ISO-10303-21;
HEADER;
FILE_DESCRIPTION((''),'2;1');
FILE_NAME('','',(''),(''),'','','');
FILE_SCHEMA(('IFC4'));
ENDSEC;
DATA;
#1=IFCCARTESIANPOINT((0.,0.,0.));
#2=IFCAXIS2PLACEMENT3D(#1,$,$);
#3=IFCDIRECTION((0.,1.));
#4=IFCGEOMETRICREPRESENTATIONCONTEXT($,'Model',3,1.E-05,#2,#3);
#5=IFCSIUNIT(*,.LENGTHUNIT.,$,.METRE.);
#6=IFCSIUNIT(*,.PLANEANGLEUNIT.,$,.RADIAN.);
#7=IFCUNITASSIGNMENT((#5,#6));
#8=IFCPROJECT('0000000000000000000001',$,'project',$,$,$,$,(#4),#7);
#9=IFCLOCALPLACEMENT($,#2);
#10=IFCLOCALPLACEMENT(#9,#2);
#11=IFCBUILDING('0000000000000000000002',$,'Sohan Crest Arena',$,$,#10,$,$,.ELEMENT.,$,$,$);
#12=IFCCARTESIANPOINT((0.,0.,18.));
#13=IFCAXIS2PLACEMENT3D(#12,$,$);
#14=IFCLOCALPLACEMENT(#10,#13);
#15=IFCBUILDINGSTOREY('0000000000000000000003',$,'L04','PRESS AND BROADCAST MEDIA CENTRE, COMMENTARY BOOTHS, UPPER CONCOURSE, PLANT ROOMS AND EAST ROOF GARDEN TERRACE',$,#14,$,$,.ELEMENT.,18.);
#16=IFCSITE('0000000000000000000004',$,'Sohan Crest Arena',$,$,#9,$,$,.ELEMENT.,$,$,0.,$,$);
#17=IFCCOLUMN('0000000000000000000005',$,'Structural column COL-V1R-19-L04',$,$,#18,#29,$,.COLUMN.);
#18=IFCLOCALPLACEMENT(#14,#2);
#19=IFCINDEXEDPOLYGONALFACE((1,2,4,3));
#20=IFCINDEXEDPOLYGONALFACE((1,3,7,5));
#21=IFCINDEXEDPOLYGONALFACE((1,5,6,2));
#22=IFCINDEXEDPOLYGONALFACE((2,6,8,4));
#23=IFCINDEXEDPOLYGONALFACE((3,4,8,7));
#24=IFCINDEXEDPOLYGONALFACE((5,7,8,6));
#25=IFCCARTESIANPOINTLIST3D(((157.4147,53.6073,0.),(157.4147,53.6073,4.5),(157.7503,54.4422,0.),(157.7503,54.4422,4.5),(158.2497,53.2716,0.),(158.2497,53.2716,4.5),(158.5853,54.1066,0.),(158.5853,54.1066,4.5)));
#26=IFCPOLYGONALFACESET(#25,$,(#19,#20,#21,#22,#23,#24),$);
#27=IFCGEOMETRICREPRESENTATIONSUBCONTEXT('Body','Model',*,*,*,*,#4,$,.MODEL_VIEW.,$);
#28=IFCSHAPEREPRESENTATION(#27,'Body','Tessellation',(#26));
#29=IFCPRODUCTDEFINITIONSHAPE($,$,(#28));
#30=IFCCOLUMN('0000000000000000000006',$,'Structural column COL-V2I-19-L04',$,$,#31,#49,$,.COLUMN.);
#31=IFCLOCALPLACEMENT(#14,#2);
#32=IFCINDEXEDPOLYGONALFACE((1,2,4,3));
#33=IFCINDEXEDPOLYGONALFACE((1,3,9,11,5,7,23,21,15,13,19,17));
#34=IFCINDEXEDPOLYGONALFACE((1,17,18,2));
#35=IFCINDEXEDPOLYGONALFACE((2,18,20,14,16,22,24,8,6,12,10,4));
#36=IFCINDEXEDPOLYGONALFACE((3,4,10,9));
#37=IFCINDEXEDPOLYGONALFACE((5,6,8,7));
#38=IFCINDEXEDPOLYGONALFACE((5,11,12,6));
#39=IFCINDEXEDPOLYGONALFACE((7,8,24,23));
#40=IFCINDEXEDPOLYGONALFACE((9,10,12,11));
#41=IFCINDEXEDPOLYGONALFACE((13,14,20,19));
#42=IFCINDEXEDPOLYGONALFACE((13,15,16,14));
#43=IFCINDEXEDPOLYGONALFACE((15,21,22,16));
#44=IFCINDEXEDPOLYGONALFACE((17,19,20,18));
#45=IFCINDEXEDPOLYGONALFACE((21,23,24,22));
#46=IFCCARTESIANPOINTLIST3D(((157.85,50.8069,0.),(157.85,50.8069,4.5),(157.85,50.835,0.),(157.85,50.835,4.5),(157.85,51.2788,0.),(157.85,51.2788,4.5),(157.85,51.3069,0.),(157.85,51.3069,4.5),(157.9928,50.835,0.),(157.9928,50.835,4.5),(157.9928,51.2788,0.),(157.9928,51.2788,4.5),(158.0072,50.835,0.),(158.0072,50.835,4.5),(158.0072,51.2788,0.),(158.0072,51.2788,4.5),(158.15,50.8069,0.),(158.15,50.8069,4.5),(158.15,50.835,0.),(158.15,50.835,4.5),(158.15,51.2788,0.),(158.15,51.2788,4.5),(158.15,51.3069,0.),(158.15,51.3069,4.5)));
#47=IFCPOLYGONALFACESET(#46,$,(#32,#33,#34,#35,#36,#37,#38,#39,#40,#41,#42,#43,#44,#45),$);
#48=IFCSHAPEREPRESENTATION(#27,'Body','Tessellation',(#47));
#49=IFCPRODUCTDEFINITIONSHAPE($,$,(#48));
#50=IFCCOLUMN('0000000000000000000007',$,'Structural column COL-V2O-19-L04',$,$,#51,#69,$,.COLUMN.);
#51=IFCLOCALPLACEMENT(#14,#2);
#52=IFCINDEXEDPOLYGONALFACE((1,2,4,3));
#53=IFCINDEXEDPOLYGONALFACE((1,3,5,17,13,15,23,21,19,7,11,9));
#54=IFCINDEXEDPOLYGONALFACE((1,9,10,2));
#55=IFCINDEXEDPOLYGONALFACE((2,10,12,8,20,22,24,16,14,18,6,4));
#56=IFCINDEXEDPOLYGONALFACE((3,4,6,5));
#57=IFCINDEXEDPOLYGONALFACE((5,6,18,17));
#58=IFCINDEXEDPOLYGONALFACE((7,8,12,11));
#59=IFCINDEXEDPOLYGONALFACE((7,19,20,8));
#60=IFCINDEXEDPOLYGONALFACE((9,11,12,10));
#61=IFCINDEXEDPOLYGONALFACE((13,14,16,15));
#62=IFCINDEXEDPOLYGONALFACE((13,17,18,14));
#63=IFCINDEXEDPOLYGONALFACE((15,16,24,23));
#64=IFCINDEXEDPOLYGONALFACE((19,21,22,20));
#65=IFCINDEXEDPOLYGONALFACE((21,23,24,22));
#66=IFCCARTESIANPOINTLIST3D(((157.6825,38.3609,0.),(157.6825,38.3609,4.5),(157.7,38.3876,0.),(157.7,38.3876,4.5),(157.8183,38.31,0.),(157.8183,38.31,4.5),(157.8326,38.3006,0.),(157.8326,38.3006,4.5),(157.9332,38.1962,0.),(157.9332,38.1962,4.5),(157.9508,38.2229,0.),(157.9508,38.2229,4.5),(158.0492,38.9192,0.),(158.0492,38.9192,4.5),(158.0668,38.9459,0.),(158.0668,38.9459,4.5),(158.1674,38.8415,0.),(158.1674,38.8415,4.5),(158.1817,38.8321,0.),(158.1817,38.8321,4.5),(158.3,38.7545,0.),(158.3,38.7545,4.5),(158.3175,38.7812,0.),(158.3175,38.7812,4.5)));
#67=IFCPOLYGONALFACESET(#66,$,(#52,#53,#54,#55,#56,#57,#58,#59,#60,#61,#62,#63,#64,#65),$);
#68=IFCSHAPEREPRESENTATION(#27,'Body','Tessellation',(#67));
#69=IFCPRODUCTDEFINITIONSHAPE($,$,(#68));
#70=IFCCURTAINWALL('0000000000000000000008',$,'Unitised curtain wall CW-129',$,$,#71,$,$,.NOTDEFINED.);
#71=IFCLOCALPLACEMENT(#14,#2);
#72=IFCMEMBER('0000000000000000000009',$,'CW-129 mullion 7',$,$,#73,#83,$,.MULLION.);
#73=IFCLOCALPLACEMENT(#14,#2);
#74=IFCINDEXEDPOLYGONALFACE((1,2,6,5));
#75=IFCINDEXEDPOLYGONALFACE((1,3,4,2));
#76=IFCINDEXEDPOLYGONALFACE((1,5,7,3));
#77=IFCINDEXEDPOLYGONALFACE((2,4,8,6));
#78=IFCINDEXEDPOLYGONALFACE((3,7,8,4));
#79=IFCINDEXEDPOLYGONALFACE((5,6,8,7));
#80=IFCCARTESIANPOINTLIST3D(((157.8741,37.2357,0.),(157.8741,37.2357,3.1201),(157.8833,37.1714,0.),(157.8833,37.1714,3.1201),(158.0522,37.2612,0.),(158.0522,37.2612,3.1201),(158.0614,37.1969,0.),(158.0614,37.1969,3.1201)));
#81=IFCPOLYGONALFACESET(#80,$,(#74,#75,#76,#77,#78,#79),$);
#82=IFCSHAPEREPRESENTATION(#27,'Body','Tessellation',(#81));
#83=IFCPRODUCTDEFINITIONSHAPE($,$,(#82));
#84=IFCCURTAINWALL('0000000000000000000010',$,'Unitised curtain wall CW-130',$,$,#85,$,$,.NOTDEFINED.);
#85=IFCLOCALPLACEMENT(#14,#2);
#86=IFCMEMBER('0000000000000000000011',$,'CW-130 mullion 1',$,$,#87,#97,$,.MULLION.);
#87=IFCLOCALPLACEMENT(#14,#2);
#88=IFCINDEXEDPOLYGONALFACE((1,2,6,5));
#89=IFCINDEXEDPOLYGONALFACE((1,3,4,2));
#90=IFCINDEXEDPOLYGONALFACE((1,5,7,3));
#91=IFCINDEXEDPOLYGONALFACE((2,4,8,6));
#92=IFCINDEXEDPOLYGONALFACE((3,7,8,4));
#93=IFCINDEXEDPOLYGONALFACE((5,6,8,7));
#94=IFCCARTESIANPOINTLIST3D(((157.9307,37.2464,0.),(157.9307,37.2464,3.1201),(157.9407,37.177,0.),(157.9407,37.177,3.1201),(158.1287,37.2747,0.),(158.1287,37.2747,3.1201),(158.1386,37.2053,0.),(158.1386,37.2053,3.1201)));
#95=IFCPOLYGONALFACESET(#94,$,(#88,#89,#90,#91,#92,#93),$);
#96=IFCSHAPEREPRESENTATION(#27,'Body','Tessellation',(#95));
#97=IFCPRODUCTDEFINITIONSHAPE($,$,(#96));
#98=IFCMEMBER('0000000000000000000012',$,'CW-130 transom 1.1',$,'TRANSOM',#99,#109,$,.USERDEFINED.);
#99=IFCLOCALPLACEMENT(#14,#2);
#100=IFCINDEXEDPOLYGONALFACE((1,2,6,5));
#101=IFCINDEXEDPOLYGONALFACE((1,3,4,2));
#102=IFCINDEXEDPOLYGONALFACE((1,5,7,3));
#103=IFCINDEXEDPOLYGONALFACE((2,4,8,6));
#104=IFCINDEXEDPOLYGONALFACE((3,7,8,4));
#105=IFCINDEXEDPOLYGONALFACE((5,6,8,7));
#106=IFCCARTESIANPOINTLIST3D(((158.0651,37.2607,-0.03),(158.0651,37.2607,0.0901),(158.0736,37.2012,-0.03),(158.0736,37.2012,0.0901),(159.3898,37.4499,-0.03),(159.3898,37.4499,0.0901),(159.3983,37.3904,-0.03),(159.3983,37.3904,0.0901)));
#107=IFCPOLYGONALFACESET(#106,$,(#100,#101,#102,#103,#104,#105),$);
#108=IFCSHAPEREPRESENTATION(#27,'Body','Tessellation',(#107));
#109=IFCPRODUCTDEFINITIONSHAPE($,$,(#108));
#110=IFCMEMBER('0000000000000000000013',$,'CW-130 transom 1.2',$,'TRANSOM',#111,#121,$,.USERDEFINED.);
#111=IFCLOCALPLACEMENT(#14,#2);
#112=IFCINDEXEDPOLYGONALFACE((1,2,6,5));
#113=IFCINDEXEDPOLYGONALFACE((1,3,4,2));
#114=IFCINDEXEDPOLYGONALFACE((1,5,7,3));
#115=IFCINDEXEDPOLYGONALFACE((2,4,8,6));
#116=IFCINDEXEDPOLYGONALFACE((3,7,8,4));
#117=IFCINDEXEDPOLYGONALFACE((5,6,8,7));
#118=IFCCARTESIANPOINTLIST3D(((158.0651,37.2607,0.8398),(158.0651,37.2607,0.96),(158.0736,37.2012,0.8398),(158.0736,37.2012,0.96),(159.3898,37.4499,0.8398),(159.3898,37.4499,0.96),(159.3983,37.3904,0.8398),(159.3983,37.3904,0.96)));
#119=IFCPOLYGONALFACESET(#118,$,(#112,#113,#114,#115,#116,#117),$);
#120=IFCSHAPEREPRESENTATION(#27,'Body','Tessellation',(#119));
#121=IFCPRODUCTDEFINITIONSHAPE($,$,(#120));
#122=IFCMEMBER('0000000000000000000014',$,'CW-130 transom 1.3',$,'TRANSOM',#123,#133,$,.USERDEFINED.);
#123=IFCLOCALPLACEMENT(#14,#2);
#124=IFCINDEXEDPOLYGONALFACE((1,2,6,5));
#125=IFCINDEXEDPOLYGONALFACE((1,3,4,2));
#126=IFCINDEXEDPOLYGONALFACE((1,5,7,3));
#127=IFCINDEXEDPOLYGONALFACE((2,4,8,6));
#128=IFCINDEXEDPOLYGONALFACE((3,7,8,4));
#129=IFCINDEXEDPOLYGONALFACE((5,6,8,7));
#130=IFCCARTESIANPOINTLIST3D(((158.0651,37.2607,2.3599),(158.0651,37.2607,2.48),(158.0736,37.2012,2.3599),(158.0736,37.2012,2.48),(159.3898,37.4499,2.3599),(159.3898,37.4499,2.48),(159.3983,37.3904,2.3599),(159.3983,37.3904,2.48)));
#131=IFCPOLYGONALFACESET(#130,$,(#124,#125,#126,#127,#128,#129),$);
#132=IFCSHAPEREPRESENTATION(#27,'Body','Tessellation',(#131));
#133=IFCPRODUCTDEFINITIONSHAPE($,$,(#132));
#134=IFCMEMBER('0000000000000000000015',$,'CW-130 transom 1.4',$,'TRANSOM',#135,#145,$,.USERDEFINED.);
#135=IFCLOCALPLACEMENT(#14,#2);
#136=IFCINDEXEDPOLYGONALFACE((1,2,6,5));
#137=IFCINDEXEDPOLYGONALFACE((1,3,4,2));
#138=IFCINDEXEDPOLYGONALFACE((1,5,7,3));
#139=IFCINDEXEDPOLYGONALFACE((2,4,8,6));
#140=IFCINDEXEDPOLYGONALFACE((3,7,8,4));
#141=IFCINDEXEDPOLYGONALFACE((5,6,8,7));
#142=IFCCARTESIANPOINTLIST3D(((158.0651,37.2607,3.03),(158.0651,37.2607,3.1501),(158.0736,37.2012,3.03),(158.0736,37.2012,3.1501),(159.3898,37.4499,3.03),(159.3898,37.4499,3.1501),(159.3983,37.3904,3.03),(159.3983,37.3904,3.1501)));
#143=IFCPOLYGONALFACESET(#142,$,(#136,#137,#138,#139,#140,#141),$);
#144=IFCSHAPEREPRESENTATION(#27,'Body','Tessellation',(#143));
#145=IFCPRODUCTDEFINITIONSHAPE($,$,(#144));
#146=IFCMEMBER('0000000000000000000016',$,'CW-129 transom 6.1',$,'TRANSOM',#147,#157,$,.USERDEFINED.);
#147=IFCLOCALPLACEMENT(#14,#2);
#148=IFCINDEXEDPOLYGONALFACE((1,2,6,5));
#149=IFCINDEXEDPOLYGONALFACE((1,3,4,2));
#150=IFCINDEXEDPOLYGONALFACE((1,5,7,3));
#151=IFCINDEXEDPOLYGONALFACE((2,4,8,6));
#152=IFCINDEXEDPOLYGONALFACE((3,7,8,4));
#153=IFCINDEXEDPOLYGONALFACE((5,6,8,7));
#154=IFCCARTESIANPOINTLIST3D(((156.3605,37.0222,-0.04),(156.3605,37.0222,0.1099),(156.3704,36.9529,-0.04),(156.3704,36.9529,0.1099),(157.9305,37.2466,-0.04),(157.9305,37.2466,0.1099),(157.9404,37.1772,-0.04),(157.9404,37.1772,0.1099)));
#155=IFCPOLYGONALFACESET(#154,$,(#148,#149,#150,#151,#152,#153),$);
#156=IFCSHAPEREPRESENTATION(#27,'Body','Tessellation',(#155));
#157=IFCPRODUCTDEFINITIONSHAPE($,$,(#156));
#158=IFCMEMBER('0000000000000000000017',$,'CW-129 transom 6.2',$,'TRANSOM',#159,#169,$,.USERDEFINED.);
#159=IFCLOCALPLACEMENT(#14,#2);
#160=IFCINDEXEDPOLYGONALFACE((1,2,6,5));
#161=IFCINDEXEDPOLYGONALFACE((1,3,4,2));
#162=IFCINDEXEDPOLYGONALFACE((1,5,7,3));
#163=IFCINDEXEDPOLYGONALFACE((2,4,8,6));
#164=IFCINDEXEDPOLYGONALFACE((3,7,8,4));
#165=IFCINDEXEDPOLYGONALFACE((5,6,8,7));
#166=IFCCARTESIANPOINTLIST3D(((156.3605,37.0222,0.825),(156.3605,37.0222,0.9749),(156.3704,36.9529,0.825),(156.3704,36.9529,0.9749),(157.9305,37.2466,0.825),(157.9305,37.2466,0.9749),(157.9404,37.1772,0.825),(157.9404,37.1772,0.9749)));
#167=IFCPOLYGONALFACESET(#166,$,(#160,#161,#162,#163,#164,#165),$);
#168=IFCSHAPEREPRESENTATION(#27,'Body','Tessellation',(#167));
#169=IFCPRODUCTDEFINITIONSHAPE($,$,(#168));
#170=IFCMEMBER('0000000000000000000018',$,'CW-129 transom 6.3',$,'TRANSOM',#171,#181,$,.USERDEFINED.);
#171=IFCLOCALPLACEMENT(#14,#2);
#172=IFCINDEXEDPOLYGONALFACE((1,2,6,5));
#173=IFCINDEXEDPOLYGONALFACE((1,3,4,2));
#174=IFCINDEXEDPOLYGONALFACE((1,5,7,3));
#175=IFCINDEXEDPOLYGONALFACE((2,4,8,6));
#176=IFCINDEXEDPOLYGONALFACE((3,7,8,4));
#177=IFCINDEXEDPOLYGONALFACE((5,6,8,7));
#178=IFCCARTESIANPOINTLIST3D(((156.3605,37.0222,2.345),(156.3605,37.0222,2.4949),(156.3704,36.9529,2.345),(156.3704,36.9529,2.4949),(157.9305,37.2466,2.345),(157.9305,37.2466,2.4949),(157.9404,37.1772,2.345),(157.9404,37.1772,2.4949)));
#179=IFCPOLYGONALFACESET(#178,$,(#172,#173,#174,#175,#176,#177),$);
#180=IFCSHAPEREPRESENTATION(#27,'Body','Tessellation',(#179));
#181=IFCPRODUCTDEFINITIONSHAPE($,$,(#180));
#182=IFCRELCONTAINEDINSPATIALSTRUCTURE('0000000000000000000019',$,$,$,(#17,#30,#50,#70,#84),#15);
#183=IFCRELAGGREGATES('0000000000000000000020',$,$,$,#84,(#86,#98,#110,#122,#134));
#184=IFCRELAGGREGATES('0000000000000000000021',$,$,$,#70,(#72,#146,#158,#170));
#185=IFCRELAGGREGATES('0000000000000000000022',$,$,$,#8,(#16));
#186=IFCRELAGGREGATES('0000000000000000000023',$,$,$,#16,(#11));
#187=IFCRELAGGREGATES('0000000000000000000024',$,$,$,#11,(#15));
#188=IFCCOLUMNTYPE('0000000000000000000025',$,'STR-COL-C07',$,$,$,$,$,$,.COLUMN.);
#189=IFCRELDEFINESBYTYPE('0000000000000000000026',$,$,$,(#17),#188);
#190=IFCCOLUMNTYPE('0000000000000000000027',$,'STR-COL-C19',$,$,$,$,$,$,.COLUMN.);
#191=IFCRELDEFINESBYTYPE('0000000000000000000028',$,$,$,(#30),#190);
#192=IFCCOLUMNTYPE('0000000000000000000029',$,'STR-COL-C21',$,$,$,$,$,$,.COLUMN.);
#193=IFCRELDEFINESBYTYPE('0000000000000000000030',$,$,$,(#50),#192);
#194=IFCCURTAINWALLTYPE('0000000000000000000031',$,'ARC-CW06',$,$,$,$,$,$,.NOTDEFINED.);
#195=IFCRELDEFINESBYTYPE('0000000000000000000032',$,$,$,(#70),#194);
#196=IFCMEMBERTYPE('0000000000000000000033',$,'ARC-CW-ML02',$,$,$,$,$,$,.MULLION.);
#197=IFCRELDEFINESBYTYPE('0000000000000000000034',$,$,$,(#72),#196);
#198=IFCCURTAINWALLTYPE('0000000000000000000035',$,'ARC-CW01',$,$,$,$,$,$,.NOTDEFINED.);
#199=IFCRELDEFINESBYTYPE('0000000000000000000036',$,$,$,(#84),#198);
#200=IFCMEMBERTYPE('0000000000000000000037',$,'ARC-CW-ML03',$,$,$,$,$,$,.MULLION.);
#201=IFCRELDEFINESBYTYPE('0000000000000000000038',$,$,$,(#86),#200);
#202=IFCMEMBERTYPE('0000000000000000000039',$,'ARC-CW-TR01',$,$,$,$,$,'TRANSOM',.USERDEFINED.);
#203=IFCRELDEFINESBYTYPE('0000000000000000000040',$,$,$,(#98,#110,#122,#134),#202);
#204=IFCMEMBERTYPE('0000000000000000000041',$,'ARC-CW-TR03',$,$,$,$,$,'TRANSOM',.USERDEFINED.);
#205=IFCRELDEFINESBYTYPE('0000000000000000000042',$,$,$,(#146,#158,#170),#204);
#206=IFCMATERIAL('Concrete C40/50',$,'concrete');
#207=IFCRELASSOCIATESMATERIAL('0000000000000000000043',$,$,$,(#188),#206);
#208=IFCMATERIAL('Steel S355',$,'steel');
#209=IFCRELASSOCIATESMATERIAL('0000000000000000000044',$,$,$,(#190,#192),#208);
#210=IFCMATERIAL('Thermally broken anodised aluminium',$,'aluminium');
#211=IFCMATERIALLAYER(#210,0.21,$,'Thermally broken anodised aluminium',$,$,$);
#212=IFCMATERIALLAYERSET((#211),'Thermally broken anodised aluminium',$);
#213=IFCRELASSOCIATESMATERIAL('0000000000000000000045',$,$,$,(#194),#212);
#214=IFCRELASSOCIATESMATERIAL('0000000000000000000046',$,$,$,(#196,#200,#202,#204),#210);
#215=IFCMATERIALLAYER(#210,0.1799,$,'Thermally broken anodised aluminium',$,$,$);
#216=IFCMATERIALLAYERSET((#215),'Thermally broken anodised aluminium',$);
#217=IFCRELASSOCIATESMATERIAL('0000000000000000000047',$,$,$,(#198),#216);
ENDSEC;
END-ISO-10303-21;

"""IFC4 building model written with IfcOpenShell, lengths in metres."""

from ifc_helpers import new_model, si_unit, direction, frame, origin, origin_2d, place, context, subcontext, project, spatial, rectangle, i_section, extrude, material, layer, layer_set, material_profile, profile_set, type_object, element, aggregate, save


model = new_model("IFC4")

# Units and contexts
model_context = context("Model", 3, precision=1e-05, world=origin(), true_north=direction((0.0, 1.0)))
body_context = subcontext(model_context, "Body", "Model", "MODEL_VIEW")
ifc_project = project(units=[si_unit("LENGTHUNIT", "METRE"), si_unit("PLANEANGLEUNIT", "RADIAN")], contexts=[model_context])

# Site, building, storey
site_placement = place(None, origin())
site = spatial("IfcSite", under=ifc_project, at=site_placement, Name="Sohan Crest Arena", CompositionType="ELEMENT", RefElevation=0.0)
building_placement = place(site_placement, origin())
building = spatial("IfcBuilding", under=site, at=building_placement, Name="Sohan Crest Arena", CompositionType="ELEMENT")
storey_placement = place(building_placement, frame((0.0, 0.0, 18.0)))
storey = spatial("IfcBuildingStorey", under=building, at=storey_placement, Name="L04", Description="PRESS AND BROADCAST MEDIA CENTRE, COMMENTARY BOOTHS, UPPER CONCOURSE, PLANT ROOMS AND EAST ROOF GARDEN TERRACE", CompositionType="ELEMENT", Elevation=18.0)

# Columns
ifc_material_1 = material(Name="Concrete C40/50", Category="concrete")
ifc_material_profile_1 = material_profile(ifc_material_1, rectangle(XDim=0.8999, YDim=0.8999, at=origin_2d()), Name="RC 900x900")
ifc_profile_set_1 = profile_set([ifc_material_profile_1], Name="Concrete C40/50")
column_type_1 = type_object("IfcColumnType", Name="STR-COL-C07", PredefinedType="COLUMN", material=ifc_profile_set_1)
column_1_placement = place(storey_placement, frame((158.0, 53.8569, 0.0), z_axis=(0.0, 0.0, 1.0), x_axis=(-0.927836, 0.372988, 0.0)))
element("IfcColumn", 1, at=column_1_placement, inside=storey, type_object=column_type_1, Name="Structural column COL-V1R-19-L04", PredefinedType="COLUMN", context=body_context, shape_type="SweptSolid", body=[
    extrude(rectangle(XDim=0.8999, YDim=0.8999, at=origin_2d()), origin(), (0.0, 0.0, 1.0), 4.5),
])
ifc_material_2 = material(Name="Steel S355", Category="steel")
ifc_material_profile_2 = material_profile(ifc_material_2, i_section(OverallWidth=0.3, OverallDepth=0.5, WebThickness=0.0144, FlangeThickness=0.0281, at=origin_2d()), Name="HEB 500")
ifc_profile_set_2 = profile_set([ifc_material_profile_2], Name="Steel S355")
column_type_2 = type_object("IfcColumnType", Name="STR-COL-C19", PredefinedType="COLUMN", material=ifc_profile_set_2)
column_2_placement = place(storey_placement, frame((158.0, 51.0569, 0.0), z_axis=(0.0, 0.0, 1.0), x_axis=(1.0, 0.0, 0.0)))
element("IfcColumn", 2, at=column_2_placement, inside=storey, type_object=column_type_2, Name="Structural column COL-V2I-19-L04", PredefinedType="COLUMN", context=body_context, shape_type="SweptSolid", body=[
    extrude(i_section(OverallWidth=0.3, OverallDepth=0.5, WebThickness=0.0144, FlangeThickness=0.0281, at=origin_2d()), origin(), (0.0, 0.0, 1.0), 4.5),
])
ifc_material_profile_3 = material_profile(ifc_material_2, i_section(OverallWidth=0.3, OverallDepth=0.7, WebThickness=0.0171, FlangeThickness=0.032, at=origin_2d()), Name="HEB 700")
ifc_profile_set_3 = profile_set([ifc_material_profile_3], Name="Steel S355")
column_type_3 = type_object("IfcColumnType", Name="STR-COL-C21", PredefinedType="COLUMN", material=ifc_profile_set_3)
column_3_placement = place(storey_placement, frame((158.0, 38.571, 0.0), z_axis=(0.0, 0.0, 1.0), x_axis=(-0.835807, 0.549023, 0.0)))
element("IfcColumn", 3, at=column_3_placement, inside=storey, type_object=column_type_3, Name="Structural column COL-V2O-19-L04", PredefinedType="COLUMN", context=body_context, shape_type="SweptSolid", body=[
    extrude(i_section(OverallWidth=0.3, OverallDepth=0.7, WebThickness=0.0171, FlangeThickness=0.032, at=origin_2d()), origin(), (0.0, 0.0, 1.0), 4.5),
])

# Curtain wall, member
ifc_material_3 = material(Name="Thermally broken anodised aluminium", Category="aluminium")
ifc_layer_1 = layer(ifc_material_3, 0.21, Name="Thermally broken anodised aluminium")
ifc_layer_set_1 = layer_set([ifc_layer_1], Name="Thermally broken anodised aluminium")
curtain_wall_type_1 = type_object("IfcCurtainWallType", Name="ARC-CW06", PredefinedType="NOTDEFINED", material=ifc_layer_set_1)
curtain_wall_1_placement = place(storey_placement, origin())
curtain_wall_1 = element("IfcCurtainWall", 4, at=curtain_wall_1_placement, inside=storey, type_object=curtain_wall_type_1, Name="Unitised curtain wall CW-129", PredefinedType="NOTDEFINED")
ifc_material_profile_4 = material_profile(ifc_material_3, rectangle(XDim=0.0649, YDim=0.1799, at=origin_2d()), Name="ALU-MULL 65x180")
ifc_profile_set_4 = profile_set([ifc_material_profile_4], Name="Thermally broken anodised aluminium")
member_type_1 = type_object("IfcMemberType", Name="ARC-CW-ML02", PredefinedType="MULLION", material=ifc_profile_set_4)
member_1_placement = place(storey_placement, frame((157.9678, 37.2163, 0.0), z_axis=(0.0, 0.0, 1.0), x_axis=(-0.141366, 0.989957, 0.0)))
member_1 = element("IfcMember", 5, at=member_1_placement, type_object=member_type_1, Name="CW-129 mullion 7", PredefinedType="MULLION", context=body_context, shape_type="SweptSolid", body=[
    extrude(rectangle(XDim=0.0649, YDim=0.1799, at=origin_2d()), origin(), (0.0, 0.0, 1.0), 3.1201),
])

# Curtain wall, members
ifc_layer_2 = layer(ifc_material_3, 0.1799, Name="Thermally broken anodised aluminium")
ifc_layer_set_2 = layer_set([ifc_layer_2], Name="Thermally broken anodised aluminium")
curtain_wall_type_2 = type_object("IfcCurtainWallType", Name="ARC-CW01", PredefinedType="NOTDEFINED", material=ifc_layer_set_2)
curtain_wall_2_placement = place(storey_placement, origin())
curtain_wall_2 = element("IfcCurtainWall", 6, at=curtain_wall_2_placement, inside=storey, type_object=curtain_wall_type_2, Name="Unitised curtain wall CW-130", PredefinedType="NOTDEFINED")
ifc_material_profile_5 = material_profile(ifc_material_3, rectangle(XDim=0.0701, YDim=0.2, at=origin_2d()), Name="ALU-MULL 70x200")
ifc_profile_set_5 = profile_set([ifc_material_profile_5], Name="Thermally broken anodised aluminium")
member_type_2 = type_object("IfcMemberType", Name="ARC-CW-ML03", PredefinedType="MULLION", material=ifc_profile_set_5)
member_2_placement = place(storey_placement, frame((158.0347, 37.2258, 0.0), z_axis=(0.0, 0.0, 1.0), x_axis=(-0.141463, 0.989944, 0.0)))
member_2 = element("IfcMember", 7, at=member_2_placement, type_object=member_type_2, Name="CW-130 mullion 1", PredefinedType="MULLION", context=body_context, shape_type="SweptSolid", body=[
    extrude(rectangle(XDim=0.0701, YDim=0.2, at=origin_2d()), origin(), (0.0, 0.0, 1.0), 3.1201),
])
ifc_material_profile_6 = material_profile(ifc_material_3, rectangle(XDim=0.0601, YDim=0.1201, at=origin_2d()), Name="ALU-TRAN 60x120")
ifc_profile_set_6 = profile_set([ifc_material_profile_6], Name="Thermally broken anodised aluminium")
member_type_3 = type_object("IfcMemberType", Name="ARC-CW-TR01", ElementType="TRANSOM", PredefinedType="USERDEFINED", material=ifc_profile_set_6)
member_3_placement = place(storey_placement, frame((158.0693, 37.231, 0.03), z_axis=(0.989953, 0.141396, 0.0), x_axis=(-0.141396, 0.989953, 0.0)))
member_3 = element("IfcMember", 8, at=member_3_placement, type_object=member_type_3, Name="CW-130 transom 1.1", ObjectType="TRANSOM", PredefinedType="USERDEFINED", context=body_context, shape_type="SweptSolid", body=[
    extrude(rectangle(XDim=0.0601, YDim=0.1201, at=origin_2d()), origin(), (0.0, 0.0, 1.0), 1.3381),
])
member_4_placement = place(storey_placement, frame((158.0693, 37.231, 0.8999), z_axis=(0.989953, 0.141396, 0.0), x_axis=(-0.141396, 0.989953, 0.0)))
member_4 = element("IfcMember", 9, at=member_4_placement, type_object=member_type_3, Name="CW-130 transom 1.2", ObjectType="TRANSOM", PredefinedType="USERDEFINED", context=body_context, shape_type="SweptSolid", body=[
    extrude(rectangle(XDim=0.0601, YDim=0.1201, at=origin_2d()), origin(), (0.0, 0.0, 1.0), 1.3381),
])
member_5_placement = place(storey_placement, frame((158.0693, 37.231, 2.4199), z_axis=(0.989953, 0.141396, 0.0), x_axis=(-0.141396, 0.989953, 0.0)))
member_5 = element("IfcMember", 10, at=member_5_placement, type_object=member_type_3, Name="CW-130 transom 1.3", ObjectType="TRANSOM", PredefinedType="USERDEFINED", context=body_context, shape_type="SweptSolid", body=[
    extrude(rectangle(XDim=0.0601, YDim=0.1201, at=origin_2d()), origin(), (0.0, 0.0, 1.0), 1.3381),
])
member_6_placement = place(storey_placement, frame((158.0693, 37.231, 3.0901), z_axis=(0.989953, 0.141396, 0.0), x_axis=(-0.141396, 0.989953, 0.0)))
member_6 = element("IfcMember", 11, at=member_6_placement, type_object=member_type_3, Name="CW-130 transom 1.4", ObjectType="TRANSOM", PredefinedType="USERDEFINED", context=body_context, shape_type="SweptSolid", body=[
    extrude(rectangle(XDim=0.0601, YDim=0.1201, at=origin_2d()), origin(), (0.0, 0.0, 1.0), 1.3381),
])
aggregate(curtain_wall_2, [member_2, member_3, member_4, member_5, member_6])

# Members
ifc_material_profile_7 = material_profile(ifc_material_3, rectangle(XDim=0.0701, YDim=0.1499, at=origin_2d()), Name="ALU-TRAN 70x150")
ifc_profile_set_7 = profile_set([ifc_material_profile_7], Name="Thermally broken anodised aluminium")
member_type_4 = type_object("IfcMemberType", Name="ARC-CW-TR03", ElementType="TRANSOM", PredefinedType="USERDEFINED", material=ifc_profile_set_7)
member_7_placement = place(storey_placement, frame((156.3655, 36.9875, 0.0349), z_axis=(0.989943, 0.141464, 0.0), x_axis=(-0.141464, 0.989943, 0.0)))
member_7 = element("IfcMember", 12, at=member_7_placement, type_object=member_type_4, Name="CW-129 transom 6.1", ObjectType="TRANSOM", PredefinedType="USERDEFINED", context=body_context, shape_type="SweptSolid", body=[
    extrude(rectangle(XDim=0.0701, YDim=0.1499, at=origin_2d()), origin(), (0.0, 0.0, 1.0), 1.5859),
])
member_8_placement = place(storey_placement, frame((156.3655, 36.9875, 0.8999), z_axis=(0.989943, 0.141464, 0.0), x_axis=(-0.141464, 0.989943, 0.0)))
member_8 = element("IfcMember", 13, at=member_8_placement, type_object=member_type_4, Name="CW-129 transom 6.2", ObjectType="TRANSOM", PredefinedType="USERDEFINED", context=body_context, shape_type="SweptSolid", body=[
    extrude(rectangle(XDim=0.0701, YDim=0.1499, at=origin_2d()), origin(), (0.0, 0.0, 1.0), 1.5859),
])
member_9_placement = place(storey_placement, frame((156.3655, 36.9875, 2.4199), z_axis=(0.989943, 0.141464, 0.0), x_axis=(-0.141464, 0.989943, 0.0)))
member_9 = element("IfcMember", 14, at=member_9_placement, type_object=member_type_4, Name="CW-129 transom 6.3", ObjectType="TRANSOM", PredefinedType="USERDEFINED", context=body_context, shape_type="SweptSolid", body=[
    extrude(rectangle(XDim=0.0701, YDim=0.1499, at=origin_2d()), origin(), (0.0, 0.0, 1.0), 1.5859),
])

aggregate(curtain_wall_1, [member_1, member_7, member_8, member_9])

save(model, "model.ifc")
